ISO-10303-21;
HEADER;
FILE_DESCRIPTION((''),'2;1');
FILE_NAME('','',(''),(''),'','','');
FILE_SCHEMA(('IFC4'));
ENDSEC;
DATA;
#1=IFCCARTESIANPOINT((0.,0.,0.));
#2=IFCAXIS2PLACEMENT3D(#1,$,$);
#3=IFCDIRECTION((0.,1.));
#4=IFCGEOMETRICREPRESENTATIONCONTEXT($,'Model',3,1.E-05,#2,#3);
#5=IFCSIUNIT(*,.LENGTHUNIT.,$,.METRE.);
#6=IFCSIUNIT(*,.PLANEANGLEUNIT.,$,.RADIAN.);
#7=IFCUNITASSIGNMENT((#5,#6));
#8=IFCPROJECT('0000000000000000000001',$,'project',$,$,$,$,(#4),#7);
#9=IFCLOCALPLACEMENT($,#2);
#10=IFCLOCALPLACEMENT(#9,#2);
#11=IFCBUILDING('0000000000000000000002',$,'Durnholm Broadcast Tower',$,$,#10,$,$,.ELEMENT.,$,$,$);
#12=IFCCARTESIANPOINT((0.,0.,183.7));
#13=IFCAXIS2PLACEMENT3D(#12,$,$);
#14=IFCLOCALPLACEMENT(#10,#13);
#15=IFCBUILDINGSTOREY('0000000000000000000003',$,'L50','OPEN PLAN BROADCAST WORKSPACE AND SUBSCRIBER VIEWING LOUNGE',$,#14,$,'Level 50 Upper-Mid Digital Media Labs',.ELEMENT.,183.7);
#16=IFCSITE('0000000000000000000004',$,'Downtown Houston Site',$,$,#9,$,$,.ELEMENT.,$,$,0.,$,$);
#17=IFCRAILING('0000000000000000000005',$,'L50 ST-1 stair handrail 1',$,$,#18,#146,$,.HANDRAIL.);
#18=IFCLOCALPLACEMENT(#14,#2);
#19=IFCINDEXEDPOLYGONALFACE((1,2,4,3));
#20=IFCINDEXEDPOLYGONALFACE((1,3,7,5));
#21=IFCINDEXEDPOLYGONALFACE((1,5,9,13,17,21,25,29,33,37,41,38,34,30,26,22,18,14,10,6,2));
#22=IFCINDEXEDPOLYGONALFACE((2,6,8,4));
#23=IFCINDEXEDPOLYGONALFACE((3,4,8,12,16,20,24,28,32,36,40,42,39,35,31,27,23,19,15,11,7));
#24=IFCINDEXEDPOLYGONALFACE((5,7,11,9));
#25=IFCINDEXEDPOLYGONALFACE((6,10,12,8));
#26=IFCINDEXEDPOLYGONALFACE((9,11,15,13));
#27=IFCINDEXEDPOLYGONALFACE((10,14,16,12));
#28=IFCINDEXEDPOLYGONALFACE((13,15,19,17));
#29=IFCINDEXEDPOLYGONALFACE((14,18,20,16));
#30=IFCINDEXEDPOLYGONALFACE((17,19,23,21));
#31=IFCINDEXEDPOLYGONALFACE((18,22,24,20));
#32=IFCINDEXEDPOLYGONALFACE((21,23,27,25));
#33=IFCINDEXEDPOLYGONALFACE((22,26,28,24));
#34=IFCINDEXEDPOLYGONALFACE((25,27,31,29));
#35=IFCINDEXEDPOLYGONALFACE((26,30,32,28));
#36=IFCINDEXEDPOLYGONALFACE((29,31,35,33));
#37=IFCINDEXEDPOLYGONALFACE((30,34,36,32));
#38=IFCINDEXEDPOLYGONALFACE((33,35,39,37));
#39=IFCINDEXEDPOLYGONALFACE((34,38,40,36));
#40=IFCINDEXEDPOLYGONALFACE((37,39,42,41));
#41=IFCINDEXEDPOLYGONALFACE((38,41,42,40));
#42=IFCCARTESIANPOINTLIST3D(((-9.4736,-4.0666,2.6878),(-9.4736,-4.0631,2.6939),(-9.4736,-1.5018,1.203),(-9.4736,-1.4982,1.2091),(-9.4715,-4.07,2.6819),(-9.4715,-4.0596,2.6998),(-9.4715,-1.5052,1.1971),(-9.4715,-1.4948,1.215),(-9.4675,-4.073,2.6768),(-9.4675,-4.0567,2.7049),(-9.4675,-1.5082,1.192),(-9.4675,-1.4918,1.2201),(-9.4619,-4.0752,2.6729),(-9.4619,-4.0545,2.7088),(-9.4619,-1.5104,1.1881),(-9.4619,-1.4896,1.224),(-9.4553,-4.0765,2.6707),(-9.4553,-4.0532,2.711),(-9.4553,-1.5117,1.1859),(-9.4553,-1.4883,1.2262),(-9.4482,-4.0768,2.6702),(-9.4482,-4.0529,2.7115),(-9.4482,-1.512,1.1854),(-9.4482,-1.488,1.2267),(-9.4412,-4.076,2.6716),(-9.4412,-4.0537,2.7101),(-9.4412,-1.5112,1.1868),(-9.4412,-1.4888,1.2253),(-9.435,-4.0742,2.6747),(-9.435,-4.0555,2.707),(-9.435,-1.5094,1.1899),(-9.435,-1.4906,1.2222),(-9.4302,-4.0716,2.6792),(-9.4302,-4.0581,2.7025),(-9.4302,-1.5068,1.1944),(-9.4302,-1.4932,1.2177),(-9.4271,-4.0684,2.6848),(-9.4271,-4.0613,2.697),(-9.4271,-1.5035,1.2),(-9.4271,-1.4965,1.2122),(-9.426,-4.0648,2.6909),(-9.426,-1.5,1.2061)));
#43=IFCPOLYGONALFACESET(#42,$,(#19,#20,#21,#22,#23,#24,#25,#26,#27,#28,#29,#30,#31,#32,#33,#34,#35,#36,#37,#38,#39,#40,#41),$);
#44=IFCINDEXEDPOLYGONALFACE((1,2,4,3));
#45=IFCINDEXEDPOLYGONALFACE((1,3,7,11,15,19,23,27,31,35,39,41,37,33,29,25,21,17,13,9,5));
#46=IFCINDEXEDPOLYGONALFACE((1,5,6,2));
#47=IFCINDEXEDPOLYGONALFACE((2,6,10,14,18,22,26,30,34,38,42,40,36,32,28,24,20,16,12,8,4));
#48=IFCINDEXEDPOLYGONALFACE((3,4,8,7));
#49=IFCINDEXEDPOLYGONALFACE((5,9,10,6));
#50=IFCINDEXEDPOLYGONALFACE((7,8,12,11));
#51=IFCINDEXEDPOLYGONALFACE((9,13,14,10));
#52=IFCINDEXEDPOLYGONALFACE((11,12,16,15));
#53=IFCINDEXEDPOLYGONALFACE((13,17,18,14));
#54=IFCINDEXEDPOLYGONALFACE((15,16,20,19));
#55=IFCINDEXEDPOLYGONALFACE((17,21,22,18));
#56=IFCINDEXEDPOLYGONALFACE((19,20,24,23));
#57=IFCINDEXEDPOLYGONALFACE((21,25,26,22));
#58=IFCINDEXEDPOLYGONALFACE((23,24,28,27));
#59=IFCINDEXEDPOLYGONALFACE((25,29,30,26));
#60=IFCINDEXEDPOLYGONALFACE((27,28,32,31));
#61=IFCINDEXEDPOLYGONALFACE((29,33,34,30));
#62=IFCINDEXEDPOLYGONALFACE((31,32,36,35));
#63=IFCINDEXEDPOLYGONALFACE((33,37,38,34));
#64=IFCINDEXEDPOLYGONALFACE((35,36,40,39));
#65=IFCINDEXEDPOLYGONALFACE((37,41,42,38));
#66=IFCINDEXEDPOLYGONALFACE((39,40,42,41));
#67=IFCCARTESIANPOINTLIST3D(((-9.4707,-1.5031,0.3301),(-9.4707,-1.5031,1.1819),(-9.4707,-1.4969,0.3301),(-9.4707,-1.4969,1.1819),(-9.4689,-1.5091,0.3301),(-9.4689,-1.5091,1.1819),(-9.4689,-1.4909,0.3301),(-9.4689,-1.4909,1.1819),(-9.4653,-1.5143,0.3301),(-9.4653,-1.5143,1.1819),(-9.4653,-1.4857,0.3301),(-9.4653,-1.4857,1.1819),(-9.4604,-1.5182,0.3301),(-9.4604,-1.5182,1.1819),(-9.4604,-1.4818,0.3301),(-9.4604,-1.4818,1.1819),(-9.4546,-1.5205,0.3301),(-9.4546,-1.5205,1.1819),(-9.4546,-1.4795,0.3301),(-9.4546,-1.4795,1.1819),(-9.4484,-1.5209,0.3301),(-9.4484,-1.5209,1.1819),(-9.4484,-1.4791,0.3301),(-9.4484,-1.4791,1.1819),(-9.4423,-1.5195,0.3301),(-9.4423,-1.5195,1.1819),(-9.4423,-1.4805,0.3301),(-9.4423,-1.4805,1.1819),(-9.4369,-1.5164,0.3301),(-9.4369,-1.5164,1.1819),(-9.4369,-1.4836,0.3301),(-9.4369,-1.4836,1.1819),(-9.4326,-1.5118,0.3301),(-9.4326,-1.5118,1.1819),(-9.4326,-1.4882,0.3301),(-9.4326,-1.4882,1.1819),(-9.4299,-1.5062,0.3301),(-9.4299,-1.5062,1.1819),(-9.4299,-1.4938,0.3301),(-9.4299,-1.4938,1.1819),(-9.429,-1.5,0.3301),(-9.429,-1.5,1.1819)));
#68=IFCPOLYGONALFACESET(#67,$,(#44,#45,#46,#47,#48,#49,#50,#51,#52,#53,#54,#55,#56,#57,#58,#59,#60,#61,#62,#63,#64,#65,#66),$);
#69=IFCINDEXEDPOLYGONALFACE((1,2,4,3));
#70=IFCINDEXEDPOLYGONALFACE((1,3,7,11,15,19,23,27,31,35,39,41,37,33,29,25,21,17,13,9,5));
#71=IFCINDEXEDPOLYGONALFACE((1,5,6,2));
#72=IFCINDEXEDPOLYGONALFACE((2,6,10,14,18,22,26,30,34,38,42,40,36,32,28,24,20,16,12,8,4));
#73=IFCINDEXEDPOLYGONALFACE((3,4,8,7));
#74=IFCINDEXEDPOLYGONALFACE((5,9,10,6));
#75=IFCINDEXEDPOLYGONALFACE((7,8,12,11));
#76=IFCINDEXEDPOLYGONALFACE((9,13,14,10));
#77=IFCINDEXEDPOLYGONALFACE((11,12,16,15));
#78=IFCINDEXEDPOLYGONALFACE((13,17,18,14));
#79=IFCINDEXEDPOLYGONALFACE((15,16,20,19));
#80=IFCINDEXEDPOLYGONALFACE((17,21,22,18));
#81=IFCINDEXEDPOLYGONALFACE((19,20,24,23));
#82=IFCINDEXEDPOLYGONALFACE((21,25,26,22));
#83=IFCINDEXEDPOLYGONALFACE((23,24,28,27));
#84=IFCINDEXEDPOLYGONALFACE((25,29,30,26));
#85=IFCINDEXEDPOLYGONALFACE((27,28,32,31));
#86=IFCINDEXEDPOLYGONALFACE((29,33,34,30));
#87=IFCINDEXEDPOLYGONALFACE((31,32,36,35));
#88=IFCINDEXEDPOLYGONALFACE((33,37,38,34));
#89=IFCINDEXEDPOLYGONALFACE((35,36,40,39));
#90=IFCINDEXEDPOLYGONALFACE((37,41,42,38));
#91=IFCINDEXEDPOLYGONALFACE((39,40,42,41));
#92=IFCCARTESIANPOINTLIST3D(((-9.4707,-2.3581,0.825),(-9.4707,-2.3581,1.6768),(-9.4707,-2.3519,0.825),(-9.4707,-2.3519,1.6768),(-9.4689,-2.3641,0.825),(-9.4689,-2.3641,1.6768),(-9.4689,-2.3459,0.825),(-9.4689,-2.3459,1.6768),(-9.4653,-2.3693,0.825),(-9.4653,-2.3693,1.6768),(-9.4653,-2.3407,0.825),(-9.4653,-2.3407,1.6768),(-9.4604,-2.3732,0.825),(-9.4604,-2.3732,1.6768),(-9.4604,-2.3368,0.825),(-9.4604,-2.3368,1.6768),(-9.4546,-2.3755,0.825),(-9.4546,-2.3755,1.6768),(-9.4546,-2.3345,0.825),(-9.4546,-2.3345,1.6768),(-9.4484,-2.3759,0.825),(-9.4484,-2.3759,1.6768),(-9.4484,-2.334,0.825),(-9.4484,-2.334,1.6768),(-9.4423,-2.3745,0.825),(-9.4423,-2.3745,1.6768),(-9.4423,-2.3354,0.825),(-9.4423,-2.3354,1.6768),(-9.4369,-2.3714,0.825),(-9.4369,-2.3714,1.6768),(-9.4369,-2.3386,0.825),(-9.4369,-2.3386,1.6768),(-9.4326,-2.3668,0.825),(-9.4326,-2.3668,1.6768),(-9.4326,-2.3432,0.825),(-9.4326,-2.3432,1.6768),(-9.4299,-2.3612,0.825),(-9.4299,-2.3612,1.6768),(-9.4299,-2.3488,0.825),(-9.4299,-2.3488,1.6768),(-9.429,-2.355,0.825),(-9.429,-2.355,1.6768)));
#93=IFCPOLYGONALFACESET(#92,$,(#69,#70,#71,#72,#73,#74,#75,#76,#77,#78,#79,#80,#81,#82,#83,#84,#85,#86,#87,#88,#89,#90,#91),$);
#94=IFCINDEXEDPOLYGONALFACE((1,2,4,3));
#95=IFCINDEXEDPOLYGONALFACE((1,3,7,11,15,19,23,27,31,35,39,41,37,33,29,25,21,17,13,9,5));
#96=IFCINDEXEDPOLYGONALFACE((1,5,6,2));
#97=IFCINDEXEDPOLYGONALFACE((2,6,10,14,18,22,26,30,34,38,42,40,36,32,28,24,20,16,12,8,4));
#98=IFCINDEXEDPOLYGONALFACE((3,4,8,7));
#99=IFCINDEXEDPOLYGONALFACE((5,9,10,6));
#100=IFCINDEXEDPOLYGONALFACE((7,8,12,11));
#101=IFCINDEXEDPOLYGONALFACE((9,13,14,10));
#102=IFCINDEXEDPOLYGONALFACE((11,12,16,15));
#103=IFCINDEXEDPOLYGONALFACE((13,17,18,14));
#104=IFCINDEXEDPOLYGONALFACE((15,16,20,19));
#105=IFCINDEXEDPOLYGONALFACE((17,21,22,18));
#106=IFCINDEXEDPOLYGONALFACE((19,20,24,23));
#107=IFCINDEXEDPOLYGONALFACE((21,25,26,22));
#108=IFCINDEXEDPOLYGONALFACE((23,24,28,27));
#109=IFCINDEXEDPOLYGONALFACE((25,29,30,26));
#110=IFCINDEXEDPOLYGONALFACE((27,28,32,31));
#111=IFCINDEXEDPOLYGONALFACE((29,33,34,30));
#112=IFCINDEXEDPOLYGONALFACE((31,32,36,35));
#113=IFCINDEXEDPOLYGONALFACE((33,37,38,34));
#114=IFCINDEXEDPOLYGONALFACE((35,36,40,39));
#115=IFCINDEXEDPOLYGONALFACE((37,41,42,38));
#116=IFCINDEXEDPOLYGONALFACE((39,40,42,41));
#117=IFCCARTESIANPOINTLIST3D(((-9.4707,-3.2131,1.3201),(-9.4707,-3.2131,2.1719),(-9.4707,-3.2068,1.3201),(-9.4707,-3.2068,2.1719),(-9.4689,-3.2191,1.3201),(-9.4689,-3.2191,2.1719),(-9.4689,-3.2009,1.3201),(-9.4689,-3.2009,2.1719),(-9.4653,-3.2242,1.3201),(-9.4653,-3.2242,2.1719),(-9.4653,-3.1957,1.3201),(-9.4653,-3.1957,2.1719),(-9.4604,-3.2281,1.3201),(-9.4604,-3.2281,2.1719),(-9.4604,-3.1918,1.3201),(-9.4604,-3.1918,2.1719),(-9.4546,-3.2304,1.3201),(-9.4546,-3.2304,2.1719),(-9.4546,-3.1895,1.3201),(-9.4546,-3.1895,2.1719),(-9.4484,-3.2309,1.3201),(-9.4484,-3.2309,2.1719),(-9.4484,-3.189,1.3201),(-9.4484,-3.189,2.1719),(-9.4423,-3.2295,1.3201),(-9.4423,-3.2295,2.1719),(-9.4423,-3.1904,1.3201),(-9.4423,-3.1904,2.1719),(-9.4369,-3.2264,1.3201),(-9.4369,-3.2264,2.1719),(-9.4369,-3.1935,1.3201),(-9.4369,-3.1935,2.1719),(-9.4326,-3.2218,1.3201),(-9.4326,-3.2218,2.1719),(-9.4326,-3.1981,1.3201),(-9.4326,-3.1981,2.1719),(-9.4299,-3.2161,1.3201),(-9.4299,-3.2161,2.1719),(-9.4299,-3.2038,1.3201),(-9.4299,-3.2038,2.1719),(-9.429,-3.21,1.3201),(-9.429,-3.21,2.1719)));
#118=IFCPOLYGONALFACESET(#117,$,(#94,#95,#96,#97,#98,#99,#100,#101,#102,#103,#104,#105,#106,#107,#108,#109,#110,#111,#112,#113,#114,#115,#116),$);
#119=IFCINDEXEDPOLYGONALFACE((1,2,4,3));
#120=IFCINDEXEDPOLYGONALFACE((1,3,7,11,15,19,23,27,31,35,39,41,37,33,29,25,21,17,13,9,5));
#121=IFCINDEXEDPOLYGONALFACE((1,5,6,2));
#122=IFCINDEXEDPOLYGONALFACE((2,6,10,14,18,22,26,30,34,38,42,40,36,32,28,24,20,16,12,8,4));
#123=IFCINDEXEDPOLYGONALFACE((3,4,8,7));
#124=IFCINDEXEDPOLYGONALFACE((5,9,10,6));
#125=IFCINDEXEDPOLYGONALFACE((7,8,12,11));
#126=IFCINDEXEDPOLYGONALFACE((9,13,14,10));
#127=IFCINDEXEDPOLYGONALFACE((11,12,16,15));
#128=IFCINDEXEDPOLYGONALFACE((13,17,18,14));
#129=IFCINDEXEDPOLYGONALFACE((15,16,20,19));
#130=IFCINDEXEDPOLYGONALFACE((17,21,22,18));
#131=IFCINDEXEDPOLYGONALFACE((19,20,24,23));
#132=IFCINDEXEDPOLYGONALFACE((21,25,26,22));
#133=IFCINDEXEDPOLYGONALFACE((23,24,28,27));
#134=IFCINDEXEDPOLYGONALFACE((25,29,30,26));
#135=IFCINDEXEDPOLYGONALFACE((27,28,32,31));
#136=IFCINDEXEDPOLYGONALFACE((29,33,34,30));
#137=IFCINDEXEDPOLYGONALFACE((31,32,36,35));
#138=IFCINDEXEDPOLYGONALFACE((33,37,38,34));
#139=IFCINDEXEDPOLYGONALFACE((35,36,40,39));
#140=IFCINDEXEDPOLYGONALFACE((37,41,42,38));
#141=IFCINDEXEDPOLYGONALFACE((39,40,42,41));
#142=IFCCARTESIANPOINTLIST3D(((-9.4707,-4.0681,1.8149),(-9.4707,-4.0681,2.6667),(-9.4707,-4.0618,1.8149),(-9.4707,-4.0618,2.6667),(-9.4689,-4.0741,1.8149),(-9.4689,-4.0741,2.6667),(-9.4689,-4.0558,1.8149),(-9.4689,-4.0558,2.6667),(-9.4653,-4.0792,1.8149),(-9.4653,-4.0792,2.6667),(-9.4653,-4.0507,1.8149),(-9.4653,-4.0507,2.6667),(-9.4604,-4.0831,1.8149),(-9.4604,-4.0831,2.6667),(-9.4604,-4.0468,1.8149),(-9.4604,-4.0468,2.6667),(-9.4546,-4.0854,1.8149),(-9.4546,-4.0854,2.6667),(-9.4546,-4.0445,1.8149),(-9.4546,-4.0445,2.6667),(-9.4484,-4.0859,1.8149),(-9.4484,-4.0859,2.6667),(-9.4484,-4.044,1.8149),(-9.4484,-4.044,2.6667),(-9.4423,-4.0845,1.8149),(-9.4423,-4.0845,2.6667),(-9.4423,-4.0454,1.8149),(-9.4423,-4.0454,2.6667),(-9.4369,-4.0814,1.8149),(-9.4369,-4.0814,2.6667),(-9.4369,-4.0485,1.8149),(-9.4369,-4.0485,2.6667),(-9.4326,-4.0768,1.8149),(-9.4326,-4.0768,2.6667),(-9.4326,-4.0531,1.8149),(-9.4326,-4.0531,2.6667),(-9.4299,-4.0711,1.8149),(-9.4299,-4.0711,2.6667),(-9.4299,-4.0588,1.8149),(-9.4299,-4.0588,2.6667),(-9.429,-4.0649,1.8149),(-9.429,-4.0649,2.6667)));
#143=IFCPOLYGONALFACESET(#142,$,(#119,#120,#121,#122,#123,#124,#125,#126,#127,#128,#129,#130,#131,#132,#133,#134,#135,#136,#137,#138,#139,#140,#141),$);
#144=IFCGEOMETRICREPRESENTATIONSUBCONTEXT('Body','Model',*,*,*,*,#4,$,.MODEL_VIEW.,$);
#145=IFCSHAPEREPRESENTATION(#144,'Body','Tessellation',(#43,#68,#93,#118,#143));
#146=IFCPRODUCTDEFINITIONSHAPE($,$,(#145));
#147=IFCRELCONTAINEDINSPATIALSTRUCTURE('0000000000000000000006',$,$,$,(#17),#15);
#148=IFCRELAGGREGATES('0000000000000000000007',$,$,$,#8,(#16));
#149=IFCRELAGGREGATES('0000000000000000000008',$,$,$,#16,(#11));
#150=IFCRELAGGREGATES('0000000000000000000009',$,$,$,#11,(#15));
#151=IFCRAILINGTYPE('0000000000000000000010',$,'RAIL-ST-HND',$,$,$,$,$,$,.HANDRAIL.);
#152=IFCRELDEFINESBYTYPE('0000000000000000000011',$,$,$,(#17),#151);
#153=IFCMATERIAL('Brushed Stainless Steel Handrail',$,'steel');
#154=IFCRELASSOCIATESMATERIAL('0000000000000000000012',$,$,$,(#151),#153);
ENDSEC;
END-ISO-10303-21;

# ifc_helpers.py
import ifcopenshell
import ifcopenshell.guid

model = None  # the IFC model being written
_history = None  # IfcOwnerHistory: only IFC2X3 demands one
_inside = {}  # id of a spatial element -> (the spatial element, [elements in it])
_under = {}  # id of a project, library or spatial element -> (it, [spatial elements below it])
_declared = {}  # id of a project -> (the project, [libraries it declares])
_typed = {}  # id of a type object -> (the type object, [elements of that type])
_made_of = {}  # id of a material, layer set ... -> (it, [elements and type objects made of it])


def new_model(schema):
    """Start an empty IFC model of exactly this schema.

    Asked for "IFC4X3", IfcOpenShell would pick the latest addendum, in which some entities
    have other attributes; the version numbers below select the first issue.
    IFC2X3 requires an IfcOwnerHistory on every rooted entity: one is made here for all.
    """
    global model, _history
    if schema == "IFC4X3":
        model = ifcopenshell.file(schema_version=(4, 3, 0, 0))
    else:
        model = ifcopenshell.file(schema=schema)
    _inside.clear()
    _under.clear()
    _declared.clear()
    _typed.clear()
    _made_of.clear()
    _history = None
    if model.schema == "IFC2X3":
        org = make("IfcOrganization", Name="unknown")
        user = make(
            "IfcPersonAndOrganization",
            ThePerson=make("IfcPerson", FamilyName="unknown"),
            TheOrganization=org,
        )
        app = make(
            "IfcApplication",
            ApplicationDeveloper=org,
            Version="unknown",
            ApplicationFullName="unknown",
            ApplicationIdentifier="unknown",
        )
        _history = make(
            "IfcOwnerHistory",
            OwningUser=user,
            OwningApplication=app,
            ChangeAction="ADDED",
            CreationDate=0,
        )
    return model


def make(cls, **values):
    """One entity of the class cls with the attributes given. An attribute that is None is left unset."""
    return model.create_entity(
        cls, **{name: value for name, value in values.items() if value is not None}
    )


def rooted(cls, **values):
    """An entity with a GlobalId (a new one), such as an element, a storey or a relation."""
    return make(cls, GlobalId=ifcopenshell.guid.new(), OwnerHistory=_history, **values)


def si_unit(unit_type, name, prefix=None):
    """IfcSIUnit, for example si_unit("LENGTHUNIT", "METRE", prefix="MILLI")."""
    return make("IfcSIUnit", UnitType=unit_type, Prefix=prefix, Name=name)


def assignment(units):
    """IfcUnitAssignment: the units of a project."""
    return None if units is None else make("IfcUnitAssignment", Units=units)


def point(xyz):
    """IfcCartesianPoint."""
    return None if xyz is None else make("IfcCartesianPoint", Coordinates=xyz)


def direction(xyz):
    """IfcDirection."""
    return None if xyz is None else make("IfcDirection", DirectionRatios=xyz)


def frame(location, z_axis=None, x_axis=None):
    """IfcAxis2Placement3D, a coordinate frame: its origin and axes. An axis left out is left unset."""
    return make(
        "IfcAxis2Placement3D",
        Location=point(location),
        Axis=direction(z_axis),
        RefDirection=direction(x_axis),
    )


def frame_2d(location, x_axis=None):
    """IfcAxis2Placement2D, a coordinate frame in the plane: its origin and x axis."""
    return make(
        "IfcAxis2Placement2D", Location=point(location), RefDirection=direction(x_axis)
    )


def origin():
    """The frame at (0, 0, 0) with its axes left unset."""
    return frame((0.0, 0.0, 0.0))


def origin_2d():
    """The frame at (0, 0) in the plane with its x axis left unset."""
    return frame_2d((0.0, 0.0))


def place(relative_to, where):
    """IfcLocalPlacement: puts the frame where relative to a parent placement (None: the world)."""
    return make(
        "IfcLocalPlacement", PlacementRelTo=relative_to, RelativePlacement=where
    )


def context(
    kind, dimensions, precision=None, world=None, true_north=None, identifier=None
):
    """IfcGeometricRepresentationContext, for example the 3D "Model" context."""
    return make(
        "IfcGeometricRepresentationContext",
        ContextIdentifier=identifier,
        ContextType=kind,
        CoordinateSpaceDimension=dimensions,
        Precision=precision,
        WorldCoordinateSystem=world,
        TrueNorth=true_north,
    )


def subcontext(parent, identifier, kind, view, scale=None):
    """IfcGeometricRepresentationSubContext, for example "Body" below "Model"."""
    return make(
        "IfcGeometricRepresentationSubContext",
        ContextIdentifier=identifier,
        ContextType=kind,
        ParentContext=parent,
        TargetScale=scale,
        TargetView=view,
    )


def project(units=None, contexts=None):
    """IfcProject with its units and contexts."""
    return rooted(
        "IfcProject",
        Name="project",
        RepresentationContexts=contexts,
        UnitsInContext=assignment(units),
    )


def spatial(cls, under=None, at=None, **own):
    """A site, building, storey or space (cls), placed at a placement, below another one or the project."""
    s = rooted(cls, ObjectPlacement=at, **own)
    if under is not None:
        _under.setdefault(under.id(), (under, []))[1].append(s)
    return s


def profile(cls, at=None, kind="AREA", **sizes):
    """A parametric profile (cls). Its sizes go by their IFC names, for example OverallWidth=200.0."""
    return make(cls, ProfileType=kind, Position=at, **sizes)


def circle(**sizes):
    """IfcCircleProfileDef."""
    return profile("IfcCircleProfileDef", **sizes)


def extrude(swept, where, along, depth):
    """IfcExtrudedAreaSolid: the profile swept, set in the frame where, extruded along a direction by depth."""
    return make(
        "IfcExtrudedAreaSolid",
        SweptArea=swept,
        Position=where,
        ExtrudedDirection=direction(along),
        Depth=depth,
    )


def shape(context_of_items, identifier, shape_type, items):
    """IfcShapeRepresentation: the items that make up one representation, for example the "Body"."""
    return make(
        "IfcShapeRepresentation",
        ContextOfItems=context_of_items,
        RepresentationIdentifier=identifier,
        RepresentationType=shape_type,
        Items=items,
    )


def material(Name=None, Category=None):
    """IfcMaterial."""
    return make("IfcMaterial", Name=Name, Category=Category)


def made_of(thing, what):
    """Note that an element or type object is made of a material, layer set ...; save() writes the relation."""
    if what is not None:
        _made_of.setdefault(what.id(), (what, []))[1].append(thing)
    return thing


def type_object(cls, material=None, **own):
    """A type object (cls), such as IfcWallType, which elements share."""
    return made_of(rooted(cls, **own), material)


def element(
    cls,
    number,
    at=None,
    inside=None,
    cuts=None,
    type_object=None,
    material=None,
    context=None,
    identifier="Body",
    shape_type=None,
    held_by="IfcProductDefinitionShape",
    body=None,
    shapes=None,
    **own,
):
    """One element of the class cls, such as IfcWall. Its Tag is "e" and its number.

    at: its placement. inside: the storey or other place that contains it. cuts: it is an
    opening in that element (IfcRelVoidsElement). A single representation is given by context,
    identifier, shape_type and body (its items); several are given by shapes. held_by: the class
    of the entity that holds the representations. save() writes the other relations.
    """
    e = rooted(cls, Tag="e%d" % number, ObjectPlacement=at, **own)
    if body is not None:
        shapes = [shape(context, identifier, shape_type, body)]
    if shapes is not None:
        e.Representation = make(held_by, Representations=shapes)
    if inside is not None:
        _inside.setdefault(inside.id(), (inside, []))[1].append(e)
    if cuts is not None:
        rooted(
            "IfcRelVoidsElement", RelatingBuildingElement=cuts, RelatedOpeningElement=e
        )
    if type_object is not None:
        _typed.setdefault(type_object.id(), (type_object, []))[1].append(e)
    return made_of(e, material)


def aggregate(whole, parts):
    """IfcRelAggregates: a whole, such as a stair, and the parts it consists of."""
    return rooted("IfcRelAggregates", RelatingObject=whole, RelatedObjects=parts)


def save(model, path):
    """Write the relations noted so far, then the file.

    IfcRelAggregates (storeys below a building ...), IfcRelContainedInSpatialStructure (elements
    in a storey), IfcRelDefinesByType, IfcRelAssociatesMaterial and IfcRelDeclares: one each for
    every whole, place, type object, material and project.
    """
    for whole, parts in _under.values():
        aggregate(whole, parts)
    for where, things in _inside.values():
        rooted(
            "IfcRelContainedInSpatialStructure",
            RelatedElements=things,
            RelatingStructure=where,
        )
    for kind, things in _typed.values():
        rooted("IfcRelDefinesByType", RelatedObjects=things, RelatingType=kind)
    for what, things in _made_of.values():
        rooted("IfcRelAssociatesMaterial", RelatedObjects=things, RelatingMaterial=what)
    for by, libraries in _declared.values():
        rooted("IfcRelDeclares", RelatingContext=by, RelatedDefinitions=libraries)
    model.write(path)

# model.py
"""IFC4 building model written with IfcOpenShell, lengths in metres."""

from ifc_helpers import new_model, si_unit, direction, frame, origin, origin_2d, place, context, subcontext, project, spatial, circle, extrude, material, type_object, element, save


model = new_model("IFC4")

# Units and contexts
model_context = context("Model", 3, precision=1e-05, world=origin(), true_north=direction((0.0, 1.0)))
body_context = subcontext(model_context, "Body", "Model", "MODEL_VIEW")
ifc_project = project(units=[si_unit("LENGTHUNIT", "METRE"), si_unit("PLANEANGLEUNIT", "RADIAN")], contexts=[model_context])

# Site, building, storey
site_placement = place(None, origin())
site = spatial("IfcSite", under=ifc_project, at=site_placement, Name="Downtown Houston Site", CompositionType="ELEMENT", RefElevation=0.0)
building_placement = place(site_placement, origin())
building = spatial("IfcBuilding", under=site, at=building_placement, Name="Durnholm Broadcast Tower", CompositionType="ELEMENT")
storey_placement = place(building_placement, frame((0.0, 0.0, 183.7)))
storey = spatial("IfcBuildingStorey", under=building, at=storey_placement, Name="L50", Description="OPEN PLAN BROADCAST WORKSPACE AND SUBSCRIBER VIEWING LOUNGE", LongName="Level 50 Upper-Mid Digital Media Labs", CompositionType="ELEMENT", Elevation=183.7)

# Railing
ifc_material_1 = material(Name="Brushed Stainless Steel Handrail", Category="steel")
railing_type = type_object("IfcRailingType", Name="RAIL-ST-HND", PredefinedType="HANDRAIL", material=ifc_material_1)
railing_placement = place(storey_placement, frame((-9.45, -1.5, 0.3301)))
element("IfcRailing", 1, at=railing_placement, inside=storey, type_object=railing_type, Name="L50 ST-1 stair handrail 1", PredefinedType="HANDRAIL", context=body_context, shape_type="SweptSolid", body=[
    extrude(circle(Radius=0.0239, at=origin_2d()), frame((0.0, 0.0, 0.876), z_axis=(0.0, -0.865441, 0.50101), x_axis=(1.0, 0.0, 0.0)), (0.0, 0.0, 1.0), 2.9636),
    extrude(circle(Radius=0.021, at=origin_2d()), origin(), (0.0, 0.0, 1.0), 0.8518),
    extrude(circle(Radius=0.021, at=origin_2d()), frame((0.0, -0.855, 0.4949)), (0.0, 0.0, 1.0), 0.8518),
    extrude(circle(Radius=0.021, at=origin_2d()), frame((0.0, -1.71, 0.99)), (0.0, 0.0, 1.0), 0.8518),
    extrude(circle(Radius=0.021, at=origin_2d()), frame((0.0, -2.5649, 1.4849)), (0.0, 0.0, 1.0), 0.8518),
])

save(model, "model.ifc")
